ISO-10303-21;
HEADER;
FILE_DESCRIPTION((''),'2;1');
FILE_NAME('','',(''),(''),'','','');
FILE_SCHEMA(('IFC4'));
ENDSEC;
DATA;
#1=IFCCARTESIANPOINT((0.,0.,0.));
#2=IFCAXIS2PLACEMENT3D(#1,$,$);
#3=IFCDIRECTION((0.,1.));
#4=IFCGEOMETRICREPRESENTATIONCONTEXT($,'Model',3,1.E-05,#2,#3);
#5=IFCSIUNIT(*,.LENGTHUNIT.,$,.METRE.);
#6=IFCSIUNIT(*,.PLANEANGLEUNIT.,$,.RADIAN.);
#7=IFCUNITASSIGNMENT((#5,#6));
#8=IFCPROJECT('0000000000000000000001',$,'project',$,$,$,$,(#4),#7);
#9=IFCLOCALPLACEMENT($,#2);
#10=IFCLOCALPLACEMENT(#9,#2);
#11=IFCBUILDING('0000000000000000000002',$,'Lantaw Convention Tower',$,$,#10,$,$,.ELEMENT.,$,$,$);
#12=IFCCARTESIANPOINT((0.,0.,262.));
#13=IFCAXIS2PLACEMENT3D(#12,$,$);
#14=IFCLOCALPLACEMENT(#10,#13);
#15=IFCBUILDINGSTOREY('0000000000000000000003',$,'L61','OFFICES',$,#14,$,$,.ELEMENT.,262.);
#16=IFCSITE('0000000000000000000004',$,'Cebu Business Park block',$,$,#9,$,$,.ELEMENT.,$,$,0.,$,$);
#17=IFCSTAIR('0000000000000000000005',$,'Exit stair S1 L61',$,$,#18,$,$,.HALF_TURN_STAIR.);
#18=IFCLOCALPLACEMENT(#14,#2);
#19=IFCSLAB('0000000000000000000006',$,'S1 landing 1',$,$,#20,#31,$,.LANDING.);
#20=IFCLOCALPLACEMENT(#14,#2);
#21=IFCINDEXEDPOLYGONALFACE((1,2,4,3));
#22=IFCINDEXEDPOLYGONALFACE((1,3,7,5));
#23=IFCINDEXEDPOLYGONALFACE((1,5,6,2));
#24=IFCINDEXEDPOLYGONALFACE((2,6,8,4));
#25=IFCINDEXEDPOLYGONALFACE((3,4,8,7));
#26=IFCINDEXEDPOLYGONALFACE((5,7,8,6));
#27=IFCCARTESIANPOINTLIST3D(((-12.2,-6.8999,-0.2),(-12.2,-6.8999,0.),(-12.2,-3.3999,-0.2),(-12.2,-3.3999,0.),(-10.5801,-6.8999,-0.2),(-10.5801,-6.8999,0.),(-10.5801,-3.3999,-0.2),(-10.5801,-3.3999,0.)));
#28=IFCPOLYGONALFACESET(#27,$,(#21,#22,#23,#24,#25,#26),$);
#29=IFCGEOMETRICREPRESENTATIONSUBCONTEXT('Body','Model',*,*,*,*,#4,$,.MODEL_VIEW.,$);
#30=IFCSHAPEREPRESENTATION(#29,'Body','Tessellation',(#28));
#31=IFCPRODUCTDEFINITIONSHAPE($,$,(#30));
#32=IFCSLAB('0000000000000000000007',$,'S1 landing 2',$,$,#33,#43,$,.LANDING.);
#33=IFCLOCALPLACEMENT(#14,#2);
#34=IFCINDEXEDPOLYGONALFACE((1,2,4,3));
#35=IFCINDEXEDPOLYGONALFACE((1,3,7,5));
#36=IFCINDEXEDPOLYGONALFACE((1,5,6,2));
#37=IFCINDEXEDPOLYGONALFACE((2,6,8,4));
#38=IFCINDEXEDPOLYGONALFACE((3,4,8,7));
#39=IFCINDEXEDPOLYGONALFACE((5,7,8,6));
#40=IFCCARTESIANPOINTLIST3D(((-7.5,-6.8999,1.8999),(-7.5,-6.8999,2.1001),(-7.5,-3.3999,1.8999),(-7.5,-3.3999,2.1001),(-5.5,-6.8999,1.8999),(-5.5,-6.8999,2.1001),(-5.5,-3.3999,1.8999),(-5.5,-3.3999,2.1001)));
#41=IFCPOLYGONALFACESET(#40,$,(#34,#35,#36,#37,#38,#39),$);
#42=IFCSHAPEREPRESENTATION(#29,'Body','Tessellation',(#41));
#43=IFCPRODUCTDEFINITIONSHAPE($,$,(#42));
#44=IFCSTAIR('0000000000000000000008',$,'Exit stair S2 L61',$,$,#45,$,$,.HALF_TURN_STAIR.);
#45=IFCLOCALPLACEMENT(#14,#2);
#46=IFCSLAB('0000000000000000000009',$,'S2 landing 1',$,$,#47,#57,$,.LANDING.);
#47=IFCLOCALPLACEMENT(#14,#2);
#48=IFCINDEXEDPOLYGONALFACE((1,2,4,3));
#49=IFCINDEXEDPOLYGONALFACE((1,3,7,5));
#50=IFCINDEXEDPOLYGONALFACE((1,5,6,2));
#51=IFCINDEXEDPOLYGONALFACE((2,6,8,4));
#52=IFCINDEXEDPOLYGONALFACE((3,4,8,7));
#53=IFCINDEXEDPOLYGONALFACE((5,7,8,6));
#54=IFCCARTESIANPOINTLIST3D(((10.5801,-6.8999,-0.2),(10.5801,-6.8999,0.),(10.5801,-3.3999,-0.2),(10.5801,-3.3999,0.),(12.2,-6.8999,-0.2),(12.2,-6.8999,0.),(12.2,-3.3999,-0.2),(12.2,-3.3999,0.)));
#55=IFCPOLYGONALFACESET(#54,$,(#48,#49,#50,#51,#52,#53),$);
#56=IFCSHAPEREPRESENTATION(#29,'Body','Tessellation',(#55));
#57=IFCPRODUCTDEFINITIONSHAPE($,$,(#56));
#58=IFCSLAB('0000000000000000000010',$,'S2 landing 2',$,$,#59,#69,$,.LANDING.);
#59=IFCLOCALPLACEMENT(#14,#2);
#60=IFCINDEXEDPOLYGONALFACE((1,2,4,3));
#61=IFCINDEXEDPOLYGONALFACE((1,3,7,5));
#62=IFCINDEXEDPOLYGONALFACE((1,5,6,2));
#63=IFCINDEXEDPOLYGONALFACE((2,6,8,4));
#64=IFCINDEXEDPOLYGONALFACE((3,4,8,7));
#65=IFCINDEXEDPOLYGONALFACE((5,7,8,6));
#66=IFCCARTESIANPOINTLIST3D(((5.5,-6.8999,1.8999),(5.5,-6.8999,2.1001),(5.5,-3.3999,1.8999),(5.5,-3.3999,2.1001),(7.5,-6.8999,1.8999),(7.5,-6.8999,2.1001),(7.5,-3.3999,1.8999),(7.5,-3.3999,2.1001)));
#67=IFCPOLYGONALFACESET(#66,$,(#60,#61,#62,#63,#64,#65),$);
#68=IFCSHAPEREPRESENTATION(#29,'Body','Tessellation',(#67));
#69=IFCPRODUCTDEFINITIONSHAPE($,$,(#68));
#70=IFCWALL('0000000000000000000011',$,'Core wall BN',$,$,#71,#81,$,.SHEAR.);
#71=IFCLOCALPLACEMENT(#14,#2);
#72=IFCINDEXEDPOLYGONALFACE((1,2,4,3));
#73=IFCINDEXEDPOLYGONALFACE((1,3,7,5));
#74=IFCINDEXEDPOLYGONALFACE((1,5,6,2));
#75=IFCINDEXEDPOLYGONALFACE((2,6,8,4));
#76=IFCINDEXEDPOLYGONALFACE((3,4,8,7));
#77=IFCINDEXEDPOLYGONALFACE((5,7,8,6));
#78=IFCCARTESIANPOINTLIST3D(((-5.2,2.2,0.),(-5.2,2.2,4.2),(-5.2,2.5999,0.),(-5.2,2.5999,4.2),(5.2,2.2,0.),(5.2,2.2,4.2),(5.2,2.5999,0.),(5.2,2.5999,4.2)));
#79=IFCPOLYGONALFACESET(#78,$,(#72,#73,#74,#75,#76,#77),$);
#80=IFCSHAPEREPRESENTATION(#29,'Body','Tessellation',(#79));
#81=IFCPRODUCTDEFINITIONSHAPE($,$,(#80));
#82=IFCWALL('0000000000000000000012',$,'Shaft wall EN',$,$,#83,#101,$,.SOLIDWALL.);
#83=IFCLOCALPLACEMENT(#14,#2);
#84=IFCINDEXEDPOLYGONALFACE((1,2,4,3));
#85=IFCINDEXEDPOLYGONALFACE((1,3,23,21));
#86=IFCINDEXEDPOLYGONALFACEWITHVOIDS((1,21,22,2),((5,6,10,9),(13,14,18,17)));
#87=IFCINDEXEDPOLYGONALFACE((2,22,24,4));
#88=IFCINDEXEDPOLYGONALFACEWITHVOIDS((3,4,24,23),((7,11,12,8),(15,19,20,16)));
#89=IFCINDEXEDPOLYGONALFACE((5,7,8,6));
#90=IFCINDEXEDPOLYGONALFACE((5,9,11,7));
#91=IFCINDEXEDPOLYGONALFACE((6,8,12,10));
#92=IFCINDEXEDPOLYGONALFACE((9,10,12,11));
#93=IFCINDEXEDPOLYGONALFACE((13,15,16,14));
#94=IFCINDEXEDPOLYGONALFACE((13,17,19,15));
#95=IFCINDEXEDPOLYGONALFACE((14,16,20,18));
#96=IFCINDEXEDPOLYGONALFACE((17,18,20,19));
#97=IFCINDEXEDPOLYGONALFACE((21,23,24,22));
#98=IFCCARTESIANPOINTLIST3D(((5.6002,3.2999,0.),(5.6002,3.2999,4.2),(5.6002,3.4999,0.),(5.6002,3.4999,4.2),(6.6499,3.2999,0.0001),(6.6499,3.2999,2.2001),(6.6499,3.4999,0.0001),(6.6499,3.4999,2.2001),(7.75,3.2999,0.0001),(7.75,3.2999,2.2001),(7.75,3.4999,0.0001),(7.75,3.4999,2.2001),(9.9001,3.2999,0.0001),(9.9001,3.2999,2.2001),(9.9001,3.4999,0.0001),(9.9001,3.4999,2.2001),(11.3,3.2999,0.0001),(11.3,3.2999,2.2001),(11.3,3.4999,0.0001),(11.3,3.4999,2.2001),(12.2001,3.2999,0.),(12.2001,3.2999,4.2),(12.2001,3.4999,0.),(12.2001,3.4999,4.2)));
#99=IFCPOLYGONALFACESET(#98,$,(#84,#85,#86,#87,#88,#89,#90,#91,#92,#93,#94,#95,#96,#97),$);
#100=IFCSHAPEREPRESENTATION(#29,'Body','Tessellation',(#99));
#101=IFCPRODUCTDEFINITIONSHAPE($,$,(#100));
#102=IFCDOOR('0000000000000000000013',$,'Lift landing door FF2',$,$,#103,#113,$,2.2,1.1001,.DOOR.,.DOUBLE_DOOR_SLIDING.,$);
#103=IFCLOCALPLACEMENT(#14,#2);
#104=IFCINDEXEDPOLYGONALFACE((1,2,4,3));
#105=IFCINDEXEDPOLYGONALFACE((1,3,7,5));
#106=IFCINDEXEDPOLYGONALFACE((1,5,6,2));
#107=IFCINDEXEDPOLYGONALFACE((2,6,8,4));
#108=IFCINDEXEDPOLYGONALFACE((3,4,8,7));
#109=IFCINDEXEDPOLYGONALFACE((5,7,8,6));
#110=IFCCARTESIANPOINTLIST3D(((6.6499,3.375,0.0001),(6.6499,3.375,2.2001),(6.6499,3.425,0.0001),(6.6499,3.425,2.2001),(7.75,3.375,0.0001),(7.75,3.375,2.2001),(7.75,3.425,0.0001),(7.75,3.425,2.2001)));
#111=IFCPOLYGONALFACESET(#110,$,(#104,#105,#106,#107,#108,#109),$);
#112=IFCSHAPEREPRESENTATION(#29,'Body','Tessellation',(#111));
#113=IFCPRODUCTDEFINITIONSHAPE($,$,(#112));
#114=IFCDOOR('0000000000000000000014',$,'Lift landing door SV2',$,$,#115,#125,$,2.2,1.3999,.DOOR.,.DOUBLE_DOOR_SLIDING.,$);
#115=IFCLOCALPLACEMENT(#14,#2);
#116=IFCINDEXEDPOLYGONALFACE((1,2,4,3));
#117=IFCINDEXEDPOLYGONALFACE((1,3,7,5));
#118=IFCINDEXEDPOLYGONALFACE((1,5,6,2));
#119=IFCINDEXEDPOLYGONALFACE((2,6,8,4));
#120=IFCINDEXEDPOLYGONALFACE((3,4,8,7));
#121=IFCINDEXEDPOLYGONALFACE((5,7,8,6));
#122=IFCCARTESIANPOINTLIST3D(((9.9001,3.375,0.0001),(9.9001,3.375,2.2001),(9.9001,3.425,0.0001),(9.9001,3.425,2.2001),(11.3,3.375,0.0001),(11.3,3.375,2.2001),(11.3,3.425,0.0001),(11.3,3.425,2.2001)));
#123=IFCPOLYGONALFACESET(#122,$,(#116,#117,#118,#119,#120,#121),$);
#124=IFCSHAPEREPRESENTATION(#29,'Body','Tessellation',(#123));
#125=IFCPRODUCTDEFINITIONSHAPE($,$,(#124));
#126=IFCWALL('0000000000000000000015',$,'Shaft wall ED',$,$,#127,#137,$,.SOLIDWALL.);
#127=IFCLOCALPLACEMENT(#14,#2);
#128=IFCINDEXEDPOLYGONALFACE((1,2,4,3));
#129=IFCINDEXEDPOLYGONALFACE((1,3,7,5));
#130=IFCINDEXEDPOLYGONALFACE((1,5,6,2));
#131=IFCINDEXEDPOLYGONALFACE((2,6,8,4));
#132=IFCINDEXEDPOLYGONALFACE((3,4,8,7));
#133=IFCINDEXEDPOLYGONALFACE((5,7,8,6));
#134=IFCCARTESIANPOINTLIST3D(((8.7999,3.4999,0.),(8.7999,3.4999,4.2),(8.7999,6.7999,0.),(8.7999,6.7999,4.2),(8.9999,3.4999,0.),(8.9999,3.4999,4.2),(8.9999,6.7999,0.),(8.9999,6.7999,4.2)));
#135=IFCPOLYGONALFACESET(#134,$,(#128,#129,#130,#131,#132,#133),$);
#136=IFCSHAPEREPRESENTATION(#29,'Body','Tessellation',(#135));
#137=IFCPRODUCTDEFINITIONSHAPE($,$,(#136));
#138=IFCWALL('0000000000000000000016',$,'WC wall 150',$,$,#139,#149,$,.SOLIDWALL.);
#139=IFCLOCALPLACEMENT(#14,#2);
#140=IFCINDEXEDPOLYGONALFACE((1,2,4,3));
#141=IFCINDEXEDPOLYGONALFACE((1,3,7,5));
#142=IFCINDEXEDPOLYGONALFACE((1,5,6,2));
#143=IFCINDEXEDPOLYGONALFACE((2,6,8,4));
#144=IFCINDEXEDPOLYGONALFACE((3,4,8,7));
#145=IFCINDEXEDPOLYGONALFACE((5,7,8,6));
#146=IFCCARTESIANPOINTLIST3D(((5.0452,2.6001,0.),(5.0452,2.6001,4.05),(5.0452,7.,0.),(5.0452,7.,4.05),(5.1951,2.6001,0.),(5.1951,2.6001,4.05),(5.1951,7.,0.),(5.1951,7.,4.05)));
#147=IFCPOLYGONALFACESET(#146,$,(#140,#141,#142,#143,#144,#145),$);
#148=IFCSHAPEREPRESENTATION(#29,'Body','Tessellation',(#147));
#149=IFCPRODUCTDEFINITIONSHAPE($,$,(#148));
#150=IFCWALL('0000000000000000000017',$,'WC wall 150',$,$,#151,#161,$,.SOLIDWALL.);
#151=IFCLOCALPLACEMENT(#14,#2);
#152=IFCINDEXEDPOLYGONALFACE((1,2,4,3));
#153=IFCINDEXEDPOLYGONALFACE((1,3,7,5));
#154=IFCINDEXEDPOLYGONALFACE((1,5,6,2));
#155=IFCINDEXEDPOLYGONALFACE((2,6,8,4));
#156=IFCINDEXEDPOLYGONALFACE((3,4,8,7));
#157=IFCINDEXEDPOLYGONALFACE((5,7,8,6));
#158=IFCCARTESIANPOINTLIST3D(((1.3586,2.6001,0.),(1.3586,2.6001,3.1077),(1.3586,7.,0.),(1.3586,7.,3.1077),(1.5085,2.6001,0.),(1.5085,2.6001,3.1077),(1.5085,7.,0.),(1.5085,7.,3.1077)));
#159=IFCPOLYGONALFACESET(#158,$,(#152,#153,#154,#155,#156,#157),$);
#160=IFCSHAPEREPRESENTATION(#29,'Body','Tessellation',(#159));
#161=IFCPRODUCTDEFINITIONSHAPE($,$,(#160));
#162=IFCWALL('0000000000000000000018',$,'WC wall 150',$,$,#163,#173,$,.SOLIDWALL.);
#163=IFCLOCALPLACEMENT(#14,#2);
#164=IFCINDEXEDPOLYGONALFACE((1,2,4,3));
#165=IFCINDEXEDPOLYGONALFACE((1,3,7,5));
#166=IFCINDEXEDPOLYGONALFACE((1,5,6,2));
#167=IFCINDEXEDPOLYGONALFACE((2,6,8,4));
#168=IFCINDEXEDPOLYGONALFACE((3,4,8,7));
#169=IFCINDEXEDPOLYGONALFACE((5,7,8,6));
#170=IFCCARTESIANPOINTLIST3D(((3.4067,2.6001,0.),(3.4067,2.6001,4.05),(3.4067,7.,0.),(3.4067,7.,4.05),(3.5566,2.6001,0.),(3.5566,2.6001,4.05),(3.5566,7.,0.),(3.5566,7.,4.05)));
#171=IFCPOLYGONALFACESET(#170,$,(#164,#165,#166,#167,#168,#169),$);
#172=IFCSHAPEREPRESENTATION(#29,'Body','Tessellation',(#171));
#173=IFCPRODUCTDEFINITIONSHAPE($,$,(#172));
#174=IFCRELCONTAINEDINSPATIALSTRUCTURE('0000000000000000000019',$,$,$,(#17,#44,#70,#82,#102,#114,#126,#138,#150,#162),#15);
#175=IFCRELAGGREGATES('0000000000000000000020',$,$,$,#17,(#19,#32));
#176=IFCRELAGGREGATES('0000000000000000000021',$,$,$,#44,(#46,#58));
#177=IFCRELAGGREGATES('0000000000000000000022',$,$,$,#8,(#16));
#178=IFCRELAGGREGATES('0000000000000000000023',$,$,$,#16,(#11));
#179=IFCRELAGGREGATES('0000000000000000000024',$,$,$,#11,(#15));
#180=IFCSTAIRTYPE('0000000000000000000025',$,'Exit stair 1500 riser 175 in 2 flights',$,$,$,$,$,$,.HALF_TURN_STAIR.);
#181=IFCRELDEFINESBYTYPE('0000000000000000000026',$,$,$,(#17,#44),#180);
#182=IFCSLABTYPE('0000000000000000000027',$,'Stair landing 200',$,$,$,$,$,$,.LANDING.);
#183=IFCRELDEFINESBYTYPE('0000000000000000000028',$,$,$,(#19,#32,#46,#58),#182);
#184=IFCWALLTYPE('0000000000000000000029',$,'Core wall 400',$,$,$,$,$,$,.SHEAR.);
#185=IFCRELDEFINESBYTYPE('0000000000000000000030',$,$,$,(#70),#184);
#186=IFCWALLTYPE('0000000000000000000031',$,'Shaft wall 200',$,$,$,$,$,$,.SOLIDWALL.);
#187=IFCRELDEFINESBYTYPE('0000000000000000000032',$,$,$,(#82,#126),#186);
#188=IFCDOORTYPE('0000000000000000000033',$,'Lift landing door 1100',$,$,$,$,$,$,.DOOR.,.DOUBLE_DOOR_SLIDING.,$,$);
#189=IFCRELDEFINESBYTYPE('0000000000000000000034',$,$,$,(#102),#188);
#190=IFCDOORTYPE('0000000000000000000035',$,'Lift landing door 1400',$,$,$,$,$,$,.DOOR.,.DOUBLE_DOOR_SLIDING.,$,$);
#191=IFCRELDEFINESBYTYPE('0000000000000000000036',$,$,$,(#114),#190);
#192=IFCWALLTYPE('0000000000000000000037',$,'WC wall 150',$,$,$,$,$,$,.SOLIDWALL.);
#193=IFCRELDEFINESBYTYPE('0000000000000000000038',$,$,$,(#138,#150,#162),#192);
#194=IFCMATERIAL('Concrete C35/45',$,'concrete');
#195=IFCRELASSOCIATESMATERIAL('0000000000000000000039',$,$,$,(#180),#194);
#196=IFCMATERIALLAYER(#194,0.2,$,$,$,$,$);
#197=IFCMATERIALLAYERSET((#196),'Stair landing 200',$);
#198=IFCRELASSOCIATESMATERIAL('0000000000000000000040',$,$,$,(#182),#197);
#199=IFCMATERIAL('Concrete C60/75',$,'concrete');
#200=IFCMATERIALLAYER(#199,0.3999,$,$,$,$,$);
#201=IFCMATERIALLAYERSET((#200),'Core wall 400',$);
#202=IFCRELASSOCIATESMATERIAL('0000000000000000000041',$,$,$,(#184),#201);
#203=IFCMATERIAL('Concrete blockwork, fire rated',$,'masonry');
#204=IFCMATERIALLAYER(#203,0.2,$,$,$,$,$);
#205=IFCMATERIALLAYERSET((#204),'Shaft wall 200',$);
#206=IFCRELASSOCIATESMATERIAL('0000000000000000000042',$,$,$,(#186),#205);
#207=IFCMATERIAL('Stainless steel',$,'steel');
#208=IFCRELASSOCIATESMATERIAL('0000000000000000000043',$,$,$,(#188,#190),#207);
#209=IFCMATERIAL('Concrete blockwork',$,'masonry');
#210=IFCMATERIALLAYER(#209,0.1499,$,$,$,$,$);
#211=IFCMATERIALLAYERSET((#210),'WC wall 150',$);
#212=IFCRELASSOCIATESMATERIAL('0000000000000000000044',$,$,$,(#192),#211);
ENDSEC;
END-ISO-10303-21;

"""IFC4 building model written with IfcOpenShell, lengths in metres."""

from ifc_helpers import new_model, si_unit, direction, frame, frame_2d, origin, place, context, subcontext, project, spatial, polyline, rectangle, outline, extrude, material, layer, layer_set, type_object, element, fill, aggregate, save


model = new_model("IFC4")

# Units and contexts
model_context = context("Model", 3, precision=1e-05, world=origin(), true_north=direction((0.0, 1.0)))
body_context = subcontext(model_context, "Body", "Model", "MODEL_VIEW")
ifc_project = project(units=[si_unit("LENGTHUNIT", "METRE"), si_unit("PLANEANGLEUNIT", "RADIAN")], contexts=[model_context])

# Site, building, storey
site_placement = place(None, origin())
site = spatial("IfcSite", under=ifc_project, at=site_placement, Name="Cebu Business Park block", CompositionType="ELEMENT", RefElevation=0.0)
building_placement = place(site_placement, origin())
building = spatial("IfcBuilding", under=site, at=building_placement, Name="Lantaw Convention Tower", CompositionType="ELEMENT")
storey_placement = place(building_placement, frame((0.0, 0.0, 262.0)))
storey = spatial("IfcBuildingStorey", under=building, at=storey_placement, Name="L61", Description="OFFICES", CompositionType="ELEMENT", Elevation=262.0)

# Stairs, slabs
ifc_material_1 = material(Name="Concrete C35/45", Category="concrete")
stair_type = type_object("IfcStairType", Name="Exit stair 1500 riser 175 in 2 flights", PredefinedType="HALF_TURN_STAIR", material=ifc_material_1)
stair_1_placement = place(storey_placement, origin())
stair_1 = element("IfcStair", 1, at=stair_1_placement, inside=storey, type_object=stair_type, Name="Exit stair S1 L61", PredefinedType="HALF_TURN_STAIR")
ifc_layer_1 = layer(ifc_material_1, 0.2)
ifc_layer_set_1 = layer_set([ifc_layer_1], Name="Stair landing 200")
slab_type = type_object("IfcSlabType", Name="Stair landing 200", PredefinedType="LANDING", material=ifc_layer_set_1)
slab_1_placement = place(storey_placement, frame((0.0, 0.0, -0.2)))
slab_1 = element("IfcSlab", 2, at=slab_1_placement, type_object=slab_type, Name="S1 landing 1", PredefinedType="LANDING", context=body_context, shape_type="SweptSolid", body=[
    extrude(outline(polyline([(-12.2, -6.8999), (-10.5801, -6.8999), (-10.5801, -3.3999), (-12.2, -3.3999), (-12.2, -6.8999)])), origin(), (0.0, 0.0, 1.0), 0.2),
])
slab_2_placement = place(storey_placement, frame((0.0, 0.0, 1.8999)))
slab_2 = element("IfcSlab", 3, at=slab_2_placement, type_object=slab_type, Name="S1 landing 2", PredefinedType="LANDING", context=body_context, shape_type="SweptSolid", body=[
    extrude(outline(polyline([(-7.5, -6.8999), (-5.5, -6.8999), (-5.5, -3.3999), (-7.5, -3.3999), (-7.5, -6.8999)])), origin(), (0.0, 0.0, 1.0), 0.2002),
])
aggregate(stair_1, [slab_1, slab_2])
stair_2_placement = place(storey_placement, origin())
stair_2 = element("IfcStair", 4, at=stair_2_placement, inside=storey, type_object=stair_type, Name="Exit stair S2 L61", PredefinedType="HALF_TURN_STAIR")
slab_3_placement = place(storey_placement, frame((0.0, 0.0, -0.2)))
slab_3 = element("IfcSlab", 5, at=slab_3_placement, type_object=slab_type, Name="S2 landing 1", PredefinedType="LANDING", context=body_context, shape_type="SweptSolid", body=[
    extrude(outline(polyline([(10.5801, -6.8999), (12.2, -6.8999), (12.2, -3.3999), (10.5801, -3.3999), (10.5801, -6.8999)])), origin(), (0.0, 0.0, 1.0), 0.2),
])
slab_4_placement = place(storey_placement, frame((0.0, 0.0, 1.8999)))
slab_4 = element("IfcSlab", 6, at=slab_4_placement, type_object=slab_type, Name="S2 landing 2", PredefinedType="LANDING", context=body_context, shape_type="SweptSolid", body=[
    extrude(outline(polyline([(5.5, -6.8999), (7.5, -6.8999), (7.5, -3.3999), (5.5, -3.3999), (5.5, -6.8999)])), origin(), (0.0, 0.0, 1.0), 0.2002),
])
aggregate(stair_2, [slab_3, slab_4])

# Wall
ifc_material_2 = material(Name="Concrete C60/75", Category="concrete")
ifc_layer_2 = layer(ifc_material_2, 0.3999)
ifc_layer_set_2 = layer_set([ifc_layer_2], Name="Core wall 400")
wall_type_1 = type_object("IfcWallType", Name="Core wall 400", PredefinedType="SHEAR", material=ifc_layer_set_2)
wall_1_placement = place(storey_placement, frame((5.2, 2.3999, 0.0), z_axis=(0.0, 0.0, 1.0), x_axis=(-1.0, 0.0, 0.0)))
element("IfcWall", 7, at=wall_1_placement, inside=storey, type_object=wall_type_1, Name="Core wall BN", PredefinedType="SHEAR", context=body_context, shape_type="SweptSolid", body=[
    extrude(rectangle(XDim=10.3999, YDim=0.3999, at=frame_2d((5.2, 0.0))), origin(), (0.0, 0.0, 1.0), 4.2),
])

# Wall, openings, doors
ifc_material_3 = material(Name="Concrete blockwork, fire rated", Category="masonry")
ifc_layer_3 = layer(ifc_material_3, 0.2)
ifc_layer_set_3 = layer_set([ifc_layer_3], Name="Shaft wall 200")
wall_type_2 = type_object("IfcWallType", Name="Shaft wall 200", PredefinedType="SOLIDWALL", material=ifc_layer_set_3)
wall_2_placement = place(storey_placement, frame((12.2, 3.3999, 0.0), z_axis=(0.0, 0.0, 1.0), x_axis=(-1.0, 0.0, 0.0)))
wall_2 = element("IfcWall", 8, at=wall_2_placement, inside=storey, type_object=wall_type_2, Name="Shaft wall EN", PredefinedType="SOLIDWALL", context=body_context, shape_type="SweptSolid", body=[
    extrude(rectangle(XDim=6.5999, YDim=0.2, at=frame_2d((3.2998, 0.0))), origin(), (0.0, 0.0, 1.0), 4.2),
])
opening_1_placement = place(wall_2_placement, frame((4.45, 0.0, 0.0)))
opening_1 = element("IfcOpeningElement", 9, at=opening_1_placement, cuts=wall_2, PredefinedType="OPENING", context=body_context, shape_type="SweptSolid", body=[
    extrude(rectangle(XDim=1.1001, YDim=2.2, at=frame_2d((0.55, 1.1001))), frame((0.0, 0.1099, 0.0), z_axis=(0.0, -1.0, 0.0), x_axis=(1.0, 0.0, 0.0)), (0.0, 0.0, 1.0), 0.22),
])
opening_2_placement = place(wall_2_placement, frame((0.8999, 0.0, 0.0)))
opening_2 = element("IfcOpeningElement", 10, at=opening_2_placement, cuts=wall_2, PredefinedType="OPENING", context=body_context, shape_type="SweptSolid", body=[
    extrude(rectangle(XDim=1.3999, YDim=2.2, at=frame_2d((0.7, 1.1001))), frame((0.0, 0.1099, 0.0), z_axis=(0.0, -1.0, 0.0), x_axis=(1.0, 0.0, 0.0)), (0.0, 0.0, 1.0), 0.22),
])
ifc_material_4 = material(Name="Stainless steel", Category="steel")
door_type_1 = type_object("IfcDoorType", Name="Lift landing door 1100", OperationType="DOUBLE_DOOR_SLIDING", PredefinedType="DOOR", material=ifc_material_4)
door_1_placement = place(opening_1_placement, origin())
door_1 = element("IfcDoor", 11, at=door_1_placement, inside=storey, type_object=door_type_1, Name="Lift landing door FF2", OperationType="DOUBLE_DOOR_SLIDING", OverallHeight=2.2, OverallWidth=1.1001, PredefinedType="DOOR", context=body_context, shape_type="SweptSolid", body=[
    extrude(rectangle(XDim=1.1001, YDim=2.2, at=frame_2d((0.55, 1.1001))), frame((0.0, 0.0249, 0.0), z_axis=(0.0, -1.0, 0.0), x_axis=(1.0, 0.0, 0.0)), (0.0, 0.0, 1.0), 0.05),
])
fill(opening_1, door_1)
door_type_2 = type_object("IfcDoorType", Name="Lift landing door 1400", OperationType="DOUBLE_DOOR_SLIDING", PredefinedType="DOOR", material=ifc_material_4)
door_2_placement = place(opening_2_placement, origin())
door_2 = element("IfcDoor", 12, at=door_2_placement, inside=storey, type_object=door_type_2, Name="Lift landing door SV2", OperationType="DOUBLE_DOOR_SLIDING", OverallHeight=2.2, OverallWidth=1.3999, PredefinedType="DOOR", context=body_context, shape_type="SweptSolid", body=[
    extrude(rectangle(XDim=1.3999, YDim=2.2, at=frame_2d((0.7, 1.1001))), frame((0.0, 0.0249, 0.0), z_axis=(0.0, -1.0, 0.0), x_axis=(1.0, 0.0, 0.0)), (0.0, 0.0, 1.0), 0.05),
])
fill(opening_2, door_2)

# Walls
wall_3_placement = place(storey_placement, frame((8.8999, 3.5, 0.0), z_axis=(0.0, 0.0, 1.0), x_axis=(0.0, 1.0, 0.0)))
element("IfcWall", 13, at=wall_3_placement, inside=storey, type_object=wall_type_2, Name="Shaft wall ED", PredefinedType="SOLIDWALL", context=body_context, shape_type="SweptSolid", body=[
    extrude(rectangle(XDim=3.3, YDim=0.2, at=frame_2d((1.6499, 0.0))), origin(), (0.0, 0.0, 1.0), 4.2),
])
ifc_material_5 = material(Name="Concrete blockwork", Category="masonry")
ifc_layer_4 = layer(ifc_material_5, 0.1499)
ifc_layer_set_4 = layer_set([ifc_layer_4], Name="WC wall 150")
wall_type_3 = type_object("IfcWallType", Name="WC wall 150", PredefinedType="SOLIDWALL", material=ifc_layer_set_4)
wall_4_placement = place(storey_placement, frame((5.1201, 2.6001, 0.0), z_axis=(0.0, 0.0, 1.0), x_axis=(0.0, 1.0, 0.0)))
element("IfcWall", 14, at=wall_4_placement, inside=storey, type_object=wall_type_3, Name="WC wall 150", PredefinedType="SOLIDWALL", context=body_context, shape_type="SweptSolid", body=[
    extrude(rectangle(XDim=4.3999, YDim=0.1499, at=frame_2d((2.2, 0.0))), origin(), (0.0, 0.0, 1.0), 4.05),
])
wall_5_placement = place(storey_placement, frame((1.4336, 2.6001, 0.0), z_axis=(0.0, 0.0, 1.0), x_axis=(0.0, 1.0, 0.0)))
element("IfcWall", 15, at=wall_5_placement, inside=storey, type_object=wall_type_3, Name="WC wall 150", PredefinedType="SOLIDWALL", context=body_context, shape_type="SweptSolid", body=[
    extrude(rectangle(XDim=4.3999, YDim=0.1499, at=frame_2d((2.2, 0.0))), origin(), (0.0, 0.0, 1.0), 3.1077),
])
wall_6_placement = place(storey_placement, frame((3.4817, 2.6001, 0.0), z_axis=(0.0, 0.0, 1.0), x_axis=(0.0, 1.0, 0.0)))
element("IfcWall", 16, at=wall_6_placement, inside=storey, type_object=wall_type_3, Name="WC wall 150", PredefinedType="SOLIDWALL", context=body_context, shape_type="SweptSolid", body=[
    extrude(rectangle(XDim=4.3999, YDim=0.1499, at=frame_2d((2.2, 0.0))), origin(), (0.0, 0.0, 1.0), 4.05),
])

save(model, "model.ifc")
